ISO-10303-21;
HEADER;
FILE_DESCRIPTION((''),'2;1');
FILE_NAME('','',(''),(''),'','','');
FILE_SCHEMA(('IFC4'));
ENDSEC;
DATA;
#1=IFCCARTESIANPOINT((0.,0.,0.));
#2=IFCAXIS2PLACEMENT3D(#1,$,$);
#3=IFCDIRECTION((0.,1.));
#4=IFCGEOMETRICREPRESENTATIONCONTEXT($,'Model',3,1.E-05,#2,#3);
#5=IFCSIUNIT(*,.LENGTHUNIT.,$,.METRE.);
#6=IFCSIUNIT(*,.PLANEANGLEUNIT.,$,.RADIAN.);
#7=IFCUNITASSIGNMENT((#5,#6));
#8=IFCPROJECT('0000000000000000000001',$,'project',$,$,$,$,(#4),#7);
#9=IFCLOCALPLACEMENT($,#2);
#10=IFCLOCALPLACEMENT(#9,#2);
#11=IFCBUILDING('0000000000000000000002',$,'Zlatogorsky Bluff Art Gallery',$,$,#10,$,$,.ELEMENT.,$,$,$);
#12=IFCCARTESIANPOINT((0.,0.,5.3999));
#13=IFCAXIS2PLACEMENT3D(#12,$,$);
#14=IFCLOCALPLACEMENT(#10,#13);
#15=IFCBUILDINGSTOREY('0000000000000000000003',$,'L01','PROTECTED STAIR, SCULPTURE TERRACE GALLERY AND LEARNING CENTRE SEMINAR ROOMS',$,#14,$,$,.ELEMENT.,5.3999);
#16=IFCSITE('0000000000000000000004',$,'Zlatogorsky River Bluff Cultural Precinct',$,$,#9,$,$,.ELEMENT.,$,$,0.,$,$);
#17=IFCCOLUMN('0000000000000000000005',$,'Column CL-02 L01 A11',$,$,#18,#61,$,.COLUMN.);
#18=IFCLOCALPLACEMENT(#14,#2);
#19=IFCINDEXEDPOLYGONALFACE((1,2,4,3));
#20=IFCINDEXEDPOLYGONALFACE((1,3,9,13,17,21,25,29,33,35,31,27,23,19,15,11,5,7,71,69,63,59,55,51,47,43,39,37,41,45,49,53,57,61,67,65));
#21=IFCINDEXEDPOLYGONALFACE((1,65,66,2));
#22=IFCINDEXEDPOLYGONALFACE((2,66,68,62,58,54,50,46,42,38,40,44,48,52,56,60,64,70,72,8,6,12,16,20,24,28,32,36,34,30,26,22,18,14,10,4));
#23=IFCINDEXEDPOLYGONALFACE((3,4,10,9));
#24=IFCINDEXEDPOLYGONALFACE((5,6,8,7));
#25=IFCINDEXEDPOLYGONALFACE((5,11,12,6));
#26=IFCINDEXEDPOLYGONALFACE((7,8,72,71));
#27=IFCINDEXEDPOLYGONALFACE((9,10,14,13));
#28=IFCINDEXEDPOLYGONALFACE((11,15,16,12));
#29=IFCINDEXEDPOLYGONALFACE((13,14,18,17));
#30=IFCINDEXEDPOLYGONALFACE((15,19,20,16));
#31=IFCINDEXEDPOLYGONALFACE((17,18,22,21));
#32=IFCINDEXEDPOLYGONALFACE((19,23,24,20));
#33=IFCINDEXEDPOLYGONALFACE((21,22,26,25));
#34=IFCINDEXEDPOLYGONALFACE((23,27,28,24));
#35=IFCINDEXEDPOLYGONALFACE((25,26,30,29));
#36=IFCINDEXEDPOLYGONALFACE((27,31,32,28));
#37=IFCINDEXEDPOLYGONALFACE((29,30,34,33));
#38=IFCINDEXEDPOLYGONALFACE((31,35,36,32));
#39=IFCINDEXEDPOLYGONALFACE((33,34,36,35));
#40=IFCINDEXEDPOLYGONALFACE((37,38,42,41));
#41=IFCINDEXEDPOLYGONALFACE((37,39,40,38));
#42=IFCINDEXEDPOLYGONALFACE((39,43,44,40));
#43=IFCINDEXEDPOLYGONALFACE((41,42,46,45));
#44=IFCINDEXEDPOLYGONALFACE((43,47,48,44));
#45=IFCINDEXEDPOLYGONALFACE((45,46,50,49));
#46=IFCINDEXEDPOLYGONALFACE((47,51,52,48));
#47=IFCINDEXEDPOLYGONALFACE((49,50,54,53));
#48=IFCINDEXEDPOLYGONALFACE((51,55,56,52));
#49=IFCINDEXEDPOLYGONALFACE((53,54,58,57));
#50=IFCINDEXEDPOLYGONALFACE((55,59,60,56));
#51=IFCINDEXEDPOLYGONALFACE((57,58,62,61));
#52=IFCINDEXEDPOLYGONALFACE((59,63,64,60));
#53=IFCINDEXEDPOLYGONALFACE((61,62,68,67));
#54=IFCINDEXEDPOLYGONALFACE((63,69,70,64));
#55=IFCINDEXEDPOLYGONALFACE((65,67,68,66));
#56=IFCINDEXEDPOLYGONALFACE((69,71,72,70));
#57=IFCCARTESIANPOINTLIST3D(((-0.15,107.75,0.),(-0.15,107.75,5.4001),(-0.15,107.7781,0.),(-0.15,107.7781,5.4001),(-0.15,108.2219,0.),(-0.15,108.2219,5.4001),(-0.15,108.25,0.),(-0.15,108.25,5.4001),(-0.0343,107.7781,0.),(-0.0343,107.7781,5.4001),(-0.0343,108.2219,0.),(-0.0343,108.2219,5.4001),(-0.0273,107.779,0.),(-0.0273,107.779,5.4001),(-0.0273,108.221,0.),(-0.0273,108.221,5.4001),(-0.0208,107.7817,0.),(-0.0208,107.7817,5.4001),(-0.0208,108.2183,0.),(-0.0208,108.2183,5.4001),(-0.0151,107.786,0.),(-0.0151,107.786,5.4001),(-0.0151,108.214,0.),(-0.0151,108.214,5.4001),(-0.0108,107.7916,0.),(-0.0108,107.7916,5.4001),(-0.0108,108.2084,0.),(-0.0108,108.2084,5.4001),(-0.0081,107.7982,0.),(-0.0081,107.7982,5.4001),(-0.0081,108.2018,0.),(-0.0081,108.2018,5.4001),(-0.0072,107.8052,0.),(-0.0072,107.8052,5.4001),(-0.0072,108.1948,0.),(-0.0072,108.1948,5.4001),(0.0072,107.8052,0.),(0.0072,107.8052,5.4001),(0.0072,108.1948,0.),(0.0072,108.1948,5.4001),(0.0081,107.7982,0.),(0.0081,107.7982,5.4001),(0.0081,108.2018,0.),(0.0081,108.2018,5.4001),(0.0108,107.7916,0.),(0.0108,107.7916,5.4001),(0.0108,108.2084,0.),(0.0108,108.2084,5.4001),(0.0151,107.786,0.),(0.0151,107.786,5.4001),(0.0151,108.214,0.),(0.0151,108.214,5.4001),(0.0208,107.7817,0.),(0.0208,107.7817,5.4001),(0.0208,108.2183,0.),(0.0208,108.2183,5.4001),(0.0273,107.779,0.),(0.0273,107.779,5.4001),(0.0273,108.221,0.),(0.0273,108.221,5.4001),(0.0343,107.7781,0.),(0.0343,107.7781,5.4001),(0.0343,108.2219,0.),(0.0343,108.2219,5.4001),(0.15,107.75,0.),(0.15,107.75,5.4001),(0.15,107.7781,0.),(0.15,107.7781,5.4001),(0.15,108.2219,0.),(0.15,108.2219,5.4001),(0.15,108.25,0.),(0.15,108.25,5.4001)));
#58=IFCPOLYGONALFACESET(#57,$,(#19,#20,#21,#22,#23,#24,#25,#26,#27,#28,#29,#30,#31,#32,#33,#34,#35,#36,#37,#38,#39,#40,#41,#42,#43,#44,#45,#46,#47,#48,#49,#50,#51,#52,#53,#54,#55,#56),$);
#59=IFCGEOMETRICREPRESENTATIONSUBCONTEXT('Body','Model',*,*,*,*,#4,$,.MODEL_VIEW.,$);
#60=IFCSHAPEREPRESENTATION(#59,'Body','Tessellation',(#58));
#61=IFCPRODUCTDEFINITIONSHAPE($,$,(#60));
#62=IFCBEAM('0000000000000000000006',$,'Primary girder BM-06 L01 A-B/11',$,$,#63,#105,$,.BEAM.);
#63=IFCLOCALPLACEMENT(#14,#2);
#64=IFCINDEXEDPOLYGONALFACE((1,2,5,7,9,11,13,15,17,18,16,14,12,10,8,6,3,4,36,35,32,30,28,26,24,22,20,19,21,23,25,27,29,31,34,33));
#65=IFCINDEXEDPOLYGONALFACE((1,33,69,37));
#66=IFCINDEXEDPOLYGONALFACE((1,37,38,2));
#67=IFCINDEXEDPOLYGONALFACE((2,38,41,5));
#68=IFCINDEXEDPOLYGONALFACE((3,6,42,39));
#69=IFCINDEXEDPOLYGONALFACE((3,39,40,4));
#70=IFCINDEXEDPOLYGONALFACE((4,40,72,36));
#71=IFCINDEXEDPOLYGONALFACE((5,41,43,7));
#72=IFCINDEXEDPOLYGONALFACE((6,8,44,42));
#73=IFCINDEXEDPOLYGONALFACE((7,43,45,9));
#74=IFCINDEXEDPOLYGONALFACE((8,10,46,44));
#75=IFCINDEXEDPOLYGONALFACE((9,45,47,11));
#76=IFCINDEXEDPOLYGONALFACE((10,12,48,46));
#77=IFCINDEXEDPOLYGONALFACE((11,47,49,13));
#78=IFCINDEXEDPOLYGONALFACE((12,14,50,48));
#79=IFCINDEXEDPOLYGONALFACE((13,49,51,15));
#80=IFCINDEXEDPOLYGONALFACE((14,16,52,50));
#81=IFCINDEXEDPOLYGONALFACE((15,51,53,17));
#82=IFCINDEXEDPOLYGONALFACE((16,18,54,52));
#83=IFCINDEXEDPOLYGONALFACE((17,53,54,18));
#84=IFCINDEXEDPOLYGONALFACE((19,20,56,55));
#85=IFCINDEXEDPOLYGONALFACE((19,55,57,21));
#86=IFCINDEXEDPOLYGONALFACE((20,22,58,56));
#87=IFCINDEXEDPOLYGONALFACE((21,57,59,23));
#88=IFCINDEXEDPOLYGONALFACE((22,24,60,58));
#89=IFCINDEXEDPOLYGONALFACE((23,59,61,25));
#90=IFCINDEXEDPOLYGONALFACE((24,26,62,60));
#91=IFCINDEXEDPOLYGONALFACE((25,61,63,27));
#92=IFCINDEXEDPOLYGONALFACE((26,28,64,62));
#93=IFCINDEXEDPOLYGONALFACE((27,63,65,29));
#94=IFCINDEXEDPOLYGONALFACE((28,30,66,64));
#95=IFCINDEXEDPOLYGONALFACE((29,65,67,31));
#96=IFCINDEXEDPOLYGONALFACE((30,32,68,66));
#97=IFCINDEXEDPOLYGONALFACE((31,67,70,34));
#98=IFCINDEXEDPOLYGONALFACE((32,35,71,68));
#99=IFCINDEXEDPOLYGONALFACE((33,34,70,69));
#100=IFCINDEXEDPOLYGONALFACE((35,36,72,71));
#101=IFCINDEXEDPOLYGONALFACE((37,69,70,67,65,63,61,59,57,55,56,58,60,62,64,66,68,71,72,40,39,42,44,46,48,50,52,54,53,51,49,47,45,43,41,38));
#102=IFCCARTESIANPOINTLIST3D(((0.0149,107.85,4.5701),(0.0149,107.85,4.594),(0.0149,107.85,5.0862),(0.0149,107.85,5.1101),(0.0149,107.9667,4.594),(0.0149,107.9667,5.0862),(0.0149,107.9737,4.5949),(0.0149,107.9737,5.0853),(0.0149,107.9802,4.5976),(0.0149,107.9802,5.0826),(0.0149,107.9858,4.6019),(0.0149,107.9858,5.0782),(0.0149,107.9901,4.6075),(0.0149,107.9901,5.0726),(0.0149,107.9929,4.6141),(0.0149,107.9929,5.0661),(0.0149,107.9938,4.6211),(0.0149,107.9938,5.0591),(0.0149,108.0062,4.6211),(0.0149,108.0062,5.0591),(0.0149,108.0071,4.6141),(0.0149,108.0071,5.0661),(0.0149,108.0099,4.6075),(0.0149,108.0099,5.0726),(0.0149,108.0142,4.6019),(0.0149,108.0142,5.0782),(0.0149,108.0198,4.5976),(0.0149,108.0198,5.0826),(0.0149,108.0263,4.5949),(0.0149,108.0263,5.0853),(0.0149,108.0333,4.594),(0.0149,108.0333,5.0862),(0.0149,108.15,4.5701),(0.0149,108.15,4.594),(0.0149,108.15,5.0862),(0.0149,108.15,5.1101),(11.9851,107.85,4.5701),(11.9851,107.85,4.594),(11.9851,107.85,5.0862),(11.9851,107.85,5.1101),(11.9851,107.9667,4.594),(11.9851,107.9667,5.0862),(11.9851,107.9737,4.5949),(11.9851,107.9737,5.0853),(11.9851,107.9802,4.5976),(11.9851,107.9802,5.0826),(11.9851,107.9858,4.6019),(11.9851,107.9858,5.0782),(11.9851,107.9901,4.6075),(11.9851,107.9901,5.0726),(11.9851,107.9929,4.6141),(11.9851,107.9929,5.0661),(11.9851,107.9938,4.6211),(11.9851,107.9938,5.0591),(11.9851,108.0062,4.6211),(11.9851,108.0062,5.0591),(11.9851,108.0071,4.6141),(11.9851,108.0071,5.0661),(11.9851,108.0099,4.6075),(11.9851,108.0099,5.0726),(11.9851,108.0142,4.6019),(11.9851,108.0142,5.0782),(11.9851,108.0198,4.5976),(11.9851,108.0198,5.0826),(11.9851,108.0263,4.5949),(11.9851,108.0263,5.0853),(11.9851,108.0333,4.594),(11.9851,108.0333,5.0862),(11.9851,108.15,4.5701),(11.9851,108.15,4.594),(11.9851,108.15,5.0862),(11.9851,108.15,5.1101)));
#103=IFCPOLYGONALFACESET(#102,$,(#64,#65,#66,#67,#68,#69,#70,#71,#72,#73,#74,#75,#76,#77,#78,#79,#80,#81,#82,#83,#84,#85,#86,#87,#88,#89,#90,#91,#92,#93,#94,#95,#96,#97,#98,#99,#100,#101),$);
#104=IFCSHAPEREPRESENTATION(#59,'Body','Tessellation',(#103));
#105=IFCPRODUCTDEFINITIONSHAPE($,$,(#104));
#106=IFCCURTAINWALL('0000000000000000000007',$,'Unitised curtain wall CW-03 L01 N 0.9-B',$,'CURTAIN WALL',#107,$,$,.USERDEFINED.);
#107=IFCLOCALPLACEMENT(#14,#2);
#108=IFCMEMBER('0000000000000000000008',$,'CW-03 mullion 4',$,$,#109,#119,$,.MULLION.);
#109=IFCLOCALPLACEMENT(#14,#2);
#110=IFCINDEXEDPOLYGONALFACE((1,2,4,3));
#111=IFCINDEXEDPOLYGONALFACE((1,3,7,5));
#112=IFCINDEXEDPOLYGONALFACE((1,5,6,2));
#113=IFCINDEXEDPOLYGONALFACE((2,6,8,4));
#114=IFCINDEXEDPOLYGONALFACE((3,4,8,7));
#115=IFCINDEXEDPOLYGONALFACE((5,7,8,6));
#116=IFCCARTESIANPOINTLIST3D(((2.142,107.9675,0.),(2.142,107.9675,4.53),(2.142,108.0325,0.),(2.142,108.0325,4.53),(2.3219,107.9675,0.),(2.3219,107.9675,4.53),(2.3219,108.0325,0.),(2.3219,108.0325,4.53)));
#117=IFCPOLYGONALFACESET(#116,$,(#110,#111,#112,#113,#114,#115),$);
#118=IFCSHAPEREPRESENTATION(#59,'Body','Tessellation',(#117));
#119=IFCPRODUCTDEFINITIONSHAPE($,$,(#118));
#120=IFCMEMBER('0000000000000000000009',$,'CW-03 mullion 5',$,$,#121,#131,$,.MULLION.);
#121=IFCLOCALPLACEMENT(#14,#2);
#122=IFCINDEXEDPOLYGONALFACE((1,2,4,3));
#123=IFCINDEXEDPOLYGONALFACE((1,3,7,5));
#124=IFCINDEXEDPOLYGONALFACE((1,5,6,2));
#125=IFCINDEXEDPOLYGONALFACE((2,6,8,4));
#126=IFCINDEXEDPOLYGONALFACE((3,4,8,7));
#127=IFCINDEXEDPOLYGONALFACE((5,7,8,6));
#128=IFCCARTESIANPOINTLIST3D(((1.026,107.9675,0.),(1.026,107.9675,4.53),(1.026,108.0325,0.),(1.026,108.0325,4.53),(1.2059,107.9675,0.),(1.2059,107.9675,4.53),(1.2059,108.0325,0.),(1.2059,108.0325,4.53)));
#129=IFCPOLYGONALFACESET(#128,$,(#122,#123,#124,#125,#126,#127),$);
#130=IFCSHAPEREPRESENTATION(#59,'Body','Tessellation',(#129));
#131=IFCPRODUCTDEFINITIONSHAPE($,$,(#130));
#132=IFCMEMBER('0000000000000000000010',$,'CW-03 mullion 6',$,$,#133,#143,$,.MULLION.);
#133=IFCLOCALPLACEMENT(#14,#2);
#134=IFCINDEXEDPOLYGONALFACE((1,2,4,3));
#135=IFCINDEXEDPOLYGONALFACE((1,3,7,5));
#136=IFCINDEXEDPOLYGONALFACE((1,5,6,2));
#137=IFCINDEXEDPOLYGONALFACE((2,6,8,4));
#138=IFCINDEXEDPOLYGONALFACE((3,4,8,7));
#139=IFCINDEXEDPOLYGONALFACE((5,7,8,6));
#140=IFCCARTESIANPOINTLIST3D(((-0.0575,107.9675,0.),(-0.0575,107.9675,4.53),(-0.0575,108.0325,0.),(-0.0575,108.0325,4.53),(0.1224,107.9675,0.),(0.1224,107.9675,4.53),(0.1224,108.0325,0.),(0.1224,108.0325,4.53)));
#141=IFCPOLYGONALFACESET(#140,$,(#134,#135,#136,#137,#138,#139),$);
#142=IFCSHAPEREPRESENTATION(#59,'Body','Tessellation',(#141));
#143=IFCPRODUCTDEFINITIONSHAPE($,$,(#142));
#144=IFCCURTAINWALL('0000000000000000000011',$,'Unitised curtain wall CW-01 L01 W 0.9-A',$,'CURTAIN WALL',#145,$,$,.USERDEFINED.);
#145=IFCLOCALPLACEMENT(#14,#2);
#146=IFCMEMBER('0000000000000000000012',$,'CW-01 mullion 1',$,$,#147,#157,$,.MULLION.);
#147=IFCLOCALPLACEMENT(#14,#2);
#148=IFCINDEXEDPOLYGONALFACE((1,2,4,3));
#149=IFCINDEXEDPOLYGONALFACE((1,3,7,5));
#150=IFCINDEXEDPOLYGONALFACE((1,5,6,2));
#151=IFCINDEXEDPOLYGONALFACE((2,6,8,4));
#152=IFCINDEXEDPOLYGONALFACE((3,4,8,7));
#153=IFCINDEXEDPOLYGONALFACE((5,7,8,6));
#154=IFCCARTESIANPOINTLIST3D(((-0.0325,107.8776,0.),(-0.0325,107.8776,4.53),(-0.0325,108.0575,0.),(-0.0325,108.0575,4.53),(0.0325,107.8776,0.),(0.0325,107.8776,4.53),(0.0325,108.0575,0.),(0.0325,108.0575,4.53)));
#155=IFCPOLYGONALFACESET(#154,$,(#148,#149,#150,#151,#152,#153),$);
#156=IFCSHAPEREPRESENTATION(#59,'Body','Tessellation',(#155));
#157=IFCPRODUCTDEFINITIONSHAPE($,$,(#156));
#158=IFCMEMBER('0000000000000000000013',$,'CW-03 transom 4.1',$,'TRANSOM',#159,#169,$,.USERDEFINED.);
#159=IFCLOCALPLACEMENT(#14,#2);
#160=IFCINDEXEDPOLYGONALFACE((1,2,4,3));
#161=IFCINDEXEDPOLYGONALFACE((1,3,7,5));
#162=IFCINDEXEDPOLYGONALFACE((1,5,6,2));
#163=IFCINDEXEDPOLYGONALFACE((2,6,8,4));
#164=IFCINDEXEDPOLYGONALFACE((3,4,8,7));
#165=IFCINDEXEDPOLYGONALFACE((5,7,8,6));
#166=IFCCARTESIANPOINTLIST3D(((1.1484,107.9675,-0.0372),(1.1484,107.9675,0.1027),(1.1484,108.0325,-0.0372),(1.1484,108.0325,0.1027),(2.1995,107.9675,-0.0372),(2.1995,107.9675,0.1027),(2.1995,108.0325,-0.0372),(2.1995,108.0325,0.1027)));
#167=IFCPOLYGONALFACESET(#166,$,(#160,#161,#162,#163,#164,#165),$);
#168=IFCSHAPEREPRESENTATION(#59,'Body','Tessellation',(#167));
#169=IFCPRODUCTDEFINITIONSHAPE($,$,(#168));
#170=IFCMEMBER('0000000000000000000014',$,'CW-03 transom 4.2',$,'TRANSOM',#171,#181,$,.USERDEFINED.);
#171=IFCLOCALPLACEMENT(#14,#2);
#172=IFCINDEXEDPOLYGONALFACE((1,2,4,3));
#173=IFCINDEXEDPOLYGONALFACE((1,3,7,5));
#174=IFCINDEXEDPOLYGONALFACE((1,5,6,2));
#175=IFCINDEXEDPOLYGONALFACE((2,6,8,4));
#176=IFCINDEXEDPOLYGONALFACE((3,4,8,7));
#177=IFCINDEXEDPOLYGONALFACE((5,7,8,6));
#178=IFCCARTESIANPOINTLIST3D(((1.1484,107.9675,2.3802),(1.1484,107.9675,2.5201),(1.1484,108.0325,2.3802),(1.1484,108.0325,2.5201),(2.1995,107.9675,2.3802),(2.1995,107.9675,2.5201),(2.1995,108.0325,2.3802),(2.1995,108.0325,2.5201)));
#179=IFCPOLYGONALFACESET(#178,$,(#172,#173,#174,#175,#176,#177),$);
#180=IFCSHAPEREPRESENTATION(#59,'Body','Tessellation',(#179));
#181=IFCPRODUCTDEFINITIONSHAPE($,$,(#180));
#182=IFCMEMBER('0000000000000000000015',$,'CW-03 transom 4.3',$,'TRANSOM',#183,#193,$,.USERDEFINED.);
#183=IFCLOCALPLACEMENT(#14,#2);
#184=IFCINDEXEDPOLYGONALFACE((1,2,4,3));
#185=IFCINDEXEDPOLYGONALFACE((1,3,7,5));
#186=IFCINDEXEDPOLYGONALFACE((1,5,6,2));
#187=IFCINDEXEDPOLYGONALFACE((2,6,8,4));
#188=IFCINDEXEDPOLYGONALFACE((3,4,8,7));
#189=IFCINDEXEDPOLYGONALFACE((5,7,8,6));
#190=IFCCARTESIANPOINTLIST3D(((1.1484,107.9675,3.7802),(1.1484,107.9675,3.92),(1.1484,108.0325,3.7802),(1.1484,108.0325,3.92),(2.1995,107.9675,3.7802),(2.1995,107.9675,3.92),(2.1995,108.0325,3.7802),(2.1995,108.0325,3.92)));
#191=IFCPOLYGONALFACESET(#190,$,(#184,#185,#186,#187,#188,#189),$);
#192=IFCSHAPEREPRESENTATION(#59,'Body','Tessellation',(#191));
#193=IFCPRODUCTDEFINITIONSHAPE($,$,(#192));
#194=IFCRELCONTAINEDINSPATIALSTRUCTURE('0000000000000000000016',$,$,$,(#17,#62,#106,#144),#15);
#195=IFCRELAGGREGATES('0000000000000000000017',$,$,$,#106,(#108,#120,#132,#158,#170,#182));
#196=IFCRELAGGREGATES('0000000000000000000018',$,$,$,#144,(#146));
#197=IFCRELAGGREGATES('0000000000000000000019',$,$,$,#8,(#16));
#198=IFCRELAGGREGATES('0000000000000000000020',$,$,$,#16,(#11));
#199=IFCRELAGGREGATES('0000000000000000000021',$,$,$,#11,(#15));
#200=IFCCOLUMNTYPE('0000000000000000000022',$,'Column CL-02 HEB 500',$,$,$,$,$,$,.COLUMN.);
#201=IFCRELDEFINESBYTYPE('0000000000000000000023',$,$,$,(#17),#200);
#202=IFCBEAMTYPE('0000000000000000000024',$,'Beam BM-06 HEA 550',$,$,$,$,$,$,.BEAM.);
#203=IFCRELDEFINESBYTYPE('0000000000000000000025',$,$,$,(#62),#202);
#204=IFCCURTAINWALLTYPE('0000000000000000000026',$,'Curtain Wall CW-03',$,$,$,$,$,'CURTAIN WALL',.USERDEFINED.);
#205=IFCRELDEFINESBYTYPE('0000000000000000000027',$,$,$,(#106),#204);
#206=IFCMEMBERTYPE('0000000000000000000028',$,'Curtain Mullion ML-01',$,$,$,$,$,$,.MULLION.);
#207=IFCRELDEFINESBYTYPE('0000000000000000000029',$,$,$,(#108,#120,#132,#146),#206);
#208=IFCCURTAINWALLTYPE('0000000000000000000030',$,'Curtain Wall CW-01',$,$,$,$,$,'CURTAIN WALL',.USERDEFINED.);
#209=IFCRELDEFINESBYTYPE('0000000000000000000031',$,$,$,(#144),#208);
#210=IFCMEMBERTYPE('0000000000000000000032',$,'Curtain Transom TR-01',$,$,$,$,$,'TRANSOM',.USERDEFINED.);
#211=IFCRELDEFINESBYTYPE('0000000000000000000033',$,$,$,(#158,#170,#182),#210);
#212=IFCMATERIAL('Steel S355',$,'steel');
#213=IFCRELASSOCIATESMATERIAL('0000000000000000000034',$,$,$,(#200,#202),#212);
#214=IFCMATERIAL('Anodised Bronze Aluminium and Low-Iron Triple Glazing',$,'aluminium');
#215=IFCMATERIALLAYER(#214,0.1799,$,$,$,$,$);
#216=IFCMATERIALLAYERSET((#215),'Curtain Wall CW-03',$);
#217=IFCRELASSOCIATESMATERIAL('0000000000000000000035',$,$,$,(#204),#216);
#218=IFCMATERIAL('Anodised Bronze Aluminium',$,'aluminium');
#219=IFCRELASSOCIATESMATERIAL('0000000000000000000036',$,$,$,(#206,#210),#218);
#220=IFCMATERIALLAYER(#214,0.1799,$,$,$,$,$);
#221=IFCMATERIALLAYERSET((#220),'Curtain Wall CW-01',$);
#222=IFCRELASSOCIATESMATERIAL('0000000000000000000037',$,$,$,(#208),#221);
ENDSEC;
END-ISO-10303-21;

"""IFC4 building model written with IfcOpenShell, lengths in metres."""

from ifc_helpers import new_model, si_unit, direction, frame, origin, origin_2d, place, context, subcontext, project, spatial, rectangle, i_section, extrude, material, layer, layer_set, material_profile, profile_set, type_object, element, aggregate, save


model = new_model("IFC4")

# Units and contexts
model_context = context("Model", 3, precision=1e-05, world=origin(), true_north=direction((0.0, 1.0)))
body_context = subcontext(model_context, "Body", "Model", "MODEL_VIEW")
ifc_project = project(units=[si_unit("LENGTHUNIT", "METRE"), si_unit("PLANEANGLEUNIT", "RADIAN")], contexts=[model_context])

# Site, building, storey
site_placement = place(None, origin())
site = spatial("IfcSite", under=ifc_project, at=site_placement, Name="Zlatogorsky River Bluff Cultural Precinct", CompositionType="ELEMENT", RefElevation=0.0)
building_placement = place(site_placement, origin())
building = spatial("IfcBuilding", under=site, at=building_placement, Name="Zlatogorsky Bluff Art Gallery", CompositionType="ELEMENT")
storey_placement = place(building_placement, frame((0.0, 0.0, 5.3999)))
storey = spatial("IfcBuildingStorey", under=building, at=storey_placement, Name="L01", Description="PROTECTED STAIR, SCULPTURE TERRACE GALLERY AND LEARNING CENTRE SEMINAR ROOMS", CompositionType="ELEMENT", Elevation=5.3999)

# Column
ifc_material_1 = material(Name="Steel S355", Category="steel")
ifc_material_profile_1 = material_profile(ifc_material_1, i_section(OverallWidth=0.3, OverallDepth=0.5, WebThickness=0.0144, FlangeThickness=0.0281, FilletRadius=0.0271, at=origin_2d()), Name="HEB 500")
ifc_profile_set_1 = profile_set([ifc_material_profile_1], Name="Steel S355")
column_type = type_object("IfcColumnType", Name="Column CL-02 HEB 500", PredefinedType="COLUMN", material=ifc_profile_set_1)
column_placement = place(storey_placement, frame((0.0, 108.0, 0.0), z_axis=(0.0, 0.0, 1.0), x_axis=(1.0, 0.0, 0.0)))
element("IfcColumn", 1, at=column_placement, inside=storey, type_object=column_type, Name="Column CL-02 L01 A11", PredefinedType="COLUMN", context=body_context, shape_type="SweptSolid", body=[
    extrude(i_section(OverallWidth=0.3, OverallDepth=0.5, WebThickness=0.0144, FlangeThickness=0.0281, FilletRadius=0.0271, at=origin_2d()), origin(), (0.0, 0.0, 1.0), 5.4001),
])

# Beam
ifc_material_profile_2 = material_profile(ifc_material_1, i_section(OverallWidth=0.3, OverallDepth=0.54, WebThickness=0.0125, FlangeThickness=0.0239, FilletRadius=0.0271, at=origin_2d()), Name="HEA 550")
ifc_profile_set_2 = profile_set([ifc_material_profile_2], Name="Steel S355")
beam_type = type_object("IfcBeamType", Name="Beam BM-06 HEA 550", PredefinedType="BEAM", material=ifc_profile_set_2)
beam_placement = place(storey_placement, frame((0.0149, 108.0, 4.8401), z_axis=(1.0, 0.0, 0.0), x_axis=(0.0, 1.0, 0.0)))
element("IfcBeam", 2, at=beam_placement, inside=storey, type_object=beam_type, Name="Primary girder BM-06 L01 A-B/11", PredefinedType="BEAM", context=body_context, shape_type="SweptSolid", body=[
    extrude(i_section(OverallWidth=0.3, OverallDepth=0.54, WebThickness=0.0125, FlangeThickness=0.0239, FilletRadius=0.0271, at=origin_2d()), origin(), (0.0, 0.0, 1.0), 11.9702),
])

# Curtain wall, members
ifc_material_2 = material(Name="Anodised Bronze Aluminium and Low-Iron Triple Glazing", Category="aluminium")
ifc_layer_1 = layer(ifc_material_2, 0.1799)
ifc_layer_set_1 = layer_set([ifc_layer_1], Name="Curtain Wall CW-03")
curtain_wall_type_1 = type_object("IfcCurtainWallType", Name="Curtain Wall CW-03", ElementType="CURTAIN WALL", PredefinedType="USERDEFINED", material=ifc_layer_set_1)
curtain_wall_1_placement = place(storey_placement, origin())
curtain_wall_1 = element("IfcCurtainWall", 3, at=curtain_wall_1_placement, inside=storey, type_object=curtain_wall_type_1, Name="Unitised curtain wall CW-03 L01 N 0.9-B", ObjectType="CURTAIN WALL", PredefinedType="USERDEFINED")
ifc_material_3 = material(Name="Anodised Bronze Aluminium", Category="aluminium")
ifc_material_profile_3 = material_profile(ifc_material_3, rectangle(XDim=0.0649, YDim=0.1799, at=origin_2d()), Name="ALU MULLION 65x180")
ifc_profile_set_3 = profile_set([ifc_material_profile_3], Name="Anodised Bronze Aluminium")
member_type_1 = type_object("IfcMemberType", Name="Curtain Mullion ML-01", PredefinedType="MULLION", material=ifc_profile_set_3)
member_1_placement = place(storey_placement, frame((2.2319, 108.0, 0.0), z_axis=(0.0, 0.0, 1.0), x_axis=(0.0, -1.0, 0.0)))
member_1 = element("IfcMember", 4, at=member_1_placement, type_object=member_type_1, Name="CW-03 mullion 4", PredefinedType="MULLION", context=body_context, shape_type="SweptSolid", body=[
    extrude(rectangle(XDim=0.0649, YDim=0.1799, at=origin_2d()), origin(), (0.0, 0.0, 1.0), 4.53),
])
member_2_placement = place(storey_placement, frame((1.116, 108.0, 0.0), z_axis=(0.0, 0.0, 1.0), x_axis=(0.0, -1.0, 0.0)))
member_2 = element("IfcMember", 5, at=member_2_placement, type_object=member_type_1, Name="CW-03 mullion 5", PredefinedType="MULLION", context=body_context, shape_type="SweptSolid", body=[
    extrude(rectangle(XDim=0.0649, YDim=0.1799, at=origin_2d()), origin(), (0.0, 0.0, 1.0), 4.53),
])
member_3_placement = place(storey_placement, frame((0.0325, 108.0, 0.0), z_axis=(0.0, 0.0, 1.0), x_axis=(0.0, -1.0, 0.0)))
member_3 = element("IfcMember", 6, at=member_3_placement, type_object=member_type_1, Name="CW-03 mullion 6", PredefinedType="MULLION", context=body_context, shape_type="SweptSolid", body=[
    extrude(rectangle(XDim=0.0649, YDim=0.1799, at=origin_2d()), origin(), (0.0, 0.0, 1.0), 4.53),
])

# Curtain wall, member
ifc_layer_2 = layer(ifc_material_2, 0.1799)
ifc_layer_set_2 = layer_set([ifc_layer_2], Name="Curtain Wall CW-01")
curtain_wall_type_2 = type_object("IfcCurtainWallType", Name="Curtain Wall CW-01", ElementType="CURTAIN WALL", PredefinedType="USERDEFINED", material=ifc_layer_set_2)
curtain_wall_2_placement = place(storey_placement, origin())
curtain_wall_2 = element("IfcCurtainWall", 7, at=curtain_wall_2_placement, inside=storey, type_object=curtain_wall_type_2, Name="Unitised curtain wall CW-01 L01 W 0.9-A", ObjectType="CURTAIN WALL", PredefinedType="USERDEFINED")
member_4_placement = place(storey_placement, frame((0.0, 107.9675, 0.0), z_axis=(0.0, 0.0, 1.0), x_axis=(1.0, 0.0, 0.0)))
member_4 = element("IfcMember", 8, at=member_4_placement, type_object=member_type_1, Name="CW-01 mullion 1", PredefinedType="MULLION", context=body_context, shape_type="SweptSolid", body=[
    extrude(rectangle(XDim=0.0649, YDim=0.1799, at=origin_2d()), origin(), (0.0, 0.0, 1.0), 4.53),
])

# Members
ifc_material_profile_4 = material_profile(ifc_material_3, rectangle(XDim=0.0649, YDim=0.1399, at=origin_2d()), Name="ALU TRANSOM 65x140")
ifc_profile_set_4 = profile_set([ifc_material_profile_4], Name="Anodised Bronze Aluminium")
member_type_2 = type_object("IfcMemberType", Name="Curtain Transom TR-01", ElementType="TRANSOM", PredefinedType="USERDEFINED", material=ifc_profile_set_4)
member_5_placement = place(storey_placement, frame((2.1995, 108.0, 0.0327), z_axis=(-1.0, 0.0, 0.0), x_axis=(0.0, -1.0, 0.0)))
member_5 = element("IfcMember", 9, at=member_5_placement, type_object=member_type_2, Name="CW-03 transom 4.1", ObjectType="TRANSOM", PredefinedType="USERDEFINED", context=body_context, shape_type="SweptSolid", body=[
    extrude(rectangle(XDim=0.0649, YDim=0.1399, at=origin_2d()), origin(), (0.0, 0.0, 1.0), 1.051),
])
member_6_placement = place(storey_placement, frame((2.1995, 108.0, 2.4502), z_axis=(-1.0, 0.0, 0.0), x_axis=(0.0, -1.0, 0.0)))
member_6 = element("IfcMember", 10, at=member_6_placement, type_object=member_type_2, Name="CW-03 transom 4.2", ObjectType="TRANSOM", PredefinedType="USERDEFINED", context=body_context, shape_type="SweptSolid", body=[
    extrude(rectangle(XDim=0.0649, YDim=0.1399, at=origin_2d()), origin(), (0.0, 0.0, 1.0), 1.051),
])
member_7_placement = place(storey_placement, frame((2.1995, 108.0, 3.8501), z_axis=(-1.0, 0.0, 0.0), x_axis=(0.0, -1.0, 0.0)))
member_7 = element("IfcMember", 11, at=member_7_placement, type_object=member_type_2, Name="CW-03 transom 4.3", ObjectType="TRANSOM", PredefinedType="USERDEFINED", context=body_context, shape_type="SweptSolid", body=[
    extrude(rectangle(XDim=0.0649, YDim=0.1399, at=origin_2d()), origin(), (0.0, 0.0, 1.0), 1.051),
])

aggregate(curtain_wall_1, [member_1, member_2, member_3, member_5, member_6, member_7])
aggregate(curtain_wall_2, [member_4])

save(model, "model.ifc")
